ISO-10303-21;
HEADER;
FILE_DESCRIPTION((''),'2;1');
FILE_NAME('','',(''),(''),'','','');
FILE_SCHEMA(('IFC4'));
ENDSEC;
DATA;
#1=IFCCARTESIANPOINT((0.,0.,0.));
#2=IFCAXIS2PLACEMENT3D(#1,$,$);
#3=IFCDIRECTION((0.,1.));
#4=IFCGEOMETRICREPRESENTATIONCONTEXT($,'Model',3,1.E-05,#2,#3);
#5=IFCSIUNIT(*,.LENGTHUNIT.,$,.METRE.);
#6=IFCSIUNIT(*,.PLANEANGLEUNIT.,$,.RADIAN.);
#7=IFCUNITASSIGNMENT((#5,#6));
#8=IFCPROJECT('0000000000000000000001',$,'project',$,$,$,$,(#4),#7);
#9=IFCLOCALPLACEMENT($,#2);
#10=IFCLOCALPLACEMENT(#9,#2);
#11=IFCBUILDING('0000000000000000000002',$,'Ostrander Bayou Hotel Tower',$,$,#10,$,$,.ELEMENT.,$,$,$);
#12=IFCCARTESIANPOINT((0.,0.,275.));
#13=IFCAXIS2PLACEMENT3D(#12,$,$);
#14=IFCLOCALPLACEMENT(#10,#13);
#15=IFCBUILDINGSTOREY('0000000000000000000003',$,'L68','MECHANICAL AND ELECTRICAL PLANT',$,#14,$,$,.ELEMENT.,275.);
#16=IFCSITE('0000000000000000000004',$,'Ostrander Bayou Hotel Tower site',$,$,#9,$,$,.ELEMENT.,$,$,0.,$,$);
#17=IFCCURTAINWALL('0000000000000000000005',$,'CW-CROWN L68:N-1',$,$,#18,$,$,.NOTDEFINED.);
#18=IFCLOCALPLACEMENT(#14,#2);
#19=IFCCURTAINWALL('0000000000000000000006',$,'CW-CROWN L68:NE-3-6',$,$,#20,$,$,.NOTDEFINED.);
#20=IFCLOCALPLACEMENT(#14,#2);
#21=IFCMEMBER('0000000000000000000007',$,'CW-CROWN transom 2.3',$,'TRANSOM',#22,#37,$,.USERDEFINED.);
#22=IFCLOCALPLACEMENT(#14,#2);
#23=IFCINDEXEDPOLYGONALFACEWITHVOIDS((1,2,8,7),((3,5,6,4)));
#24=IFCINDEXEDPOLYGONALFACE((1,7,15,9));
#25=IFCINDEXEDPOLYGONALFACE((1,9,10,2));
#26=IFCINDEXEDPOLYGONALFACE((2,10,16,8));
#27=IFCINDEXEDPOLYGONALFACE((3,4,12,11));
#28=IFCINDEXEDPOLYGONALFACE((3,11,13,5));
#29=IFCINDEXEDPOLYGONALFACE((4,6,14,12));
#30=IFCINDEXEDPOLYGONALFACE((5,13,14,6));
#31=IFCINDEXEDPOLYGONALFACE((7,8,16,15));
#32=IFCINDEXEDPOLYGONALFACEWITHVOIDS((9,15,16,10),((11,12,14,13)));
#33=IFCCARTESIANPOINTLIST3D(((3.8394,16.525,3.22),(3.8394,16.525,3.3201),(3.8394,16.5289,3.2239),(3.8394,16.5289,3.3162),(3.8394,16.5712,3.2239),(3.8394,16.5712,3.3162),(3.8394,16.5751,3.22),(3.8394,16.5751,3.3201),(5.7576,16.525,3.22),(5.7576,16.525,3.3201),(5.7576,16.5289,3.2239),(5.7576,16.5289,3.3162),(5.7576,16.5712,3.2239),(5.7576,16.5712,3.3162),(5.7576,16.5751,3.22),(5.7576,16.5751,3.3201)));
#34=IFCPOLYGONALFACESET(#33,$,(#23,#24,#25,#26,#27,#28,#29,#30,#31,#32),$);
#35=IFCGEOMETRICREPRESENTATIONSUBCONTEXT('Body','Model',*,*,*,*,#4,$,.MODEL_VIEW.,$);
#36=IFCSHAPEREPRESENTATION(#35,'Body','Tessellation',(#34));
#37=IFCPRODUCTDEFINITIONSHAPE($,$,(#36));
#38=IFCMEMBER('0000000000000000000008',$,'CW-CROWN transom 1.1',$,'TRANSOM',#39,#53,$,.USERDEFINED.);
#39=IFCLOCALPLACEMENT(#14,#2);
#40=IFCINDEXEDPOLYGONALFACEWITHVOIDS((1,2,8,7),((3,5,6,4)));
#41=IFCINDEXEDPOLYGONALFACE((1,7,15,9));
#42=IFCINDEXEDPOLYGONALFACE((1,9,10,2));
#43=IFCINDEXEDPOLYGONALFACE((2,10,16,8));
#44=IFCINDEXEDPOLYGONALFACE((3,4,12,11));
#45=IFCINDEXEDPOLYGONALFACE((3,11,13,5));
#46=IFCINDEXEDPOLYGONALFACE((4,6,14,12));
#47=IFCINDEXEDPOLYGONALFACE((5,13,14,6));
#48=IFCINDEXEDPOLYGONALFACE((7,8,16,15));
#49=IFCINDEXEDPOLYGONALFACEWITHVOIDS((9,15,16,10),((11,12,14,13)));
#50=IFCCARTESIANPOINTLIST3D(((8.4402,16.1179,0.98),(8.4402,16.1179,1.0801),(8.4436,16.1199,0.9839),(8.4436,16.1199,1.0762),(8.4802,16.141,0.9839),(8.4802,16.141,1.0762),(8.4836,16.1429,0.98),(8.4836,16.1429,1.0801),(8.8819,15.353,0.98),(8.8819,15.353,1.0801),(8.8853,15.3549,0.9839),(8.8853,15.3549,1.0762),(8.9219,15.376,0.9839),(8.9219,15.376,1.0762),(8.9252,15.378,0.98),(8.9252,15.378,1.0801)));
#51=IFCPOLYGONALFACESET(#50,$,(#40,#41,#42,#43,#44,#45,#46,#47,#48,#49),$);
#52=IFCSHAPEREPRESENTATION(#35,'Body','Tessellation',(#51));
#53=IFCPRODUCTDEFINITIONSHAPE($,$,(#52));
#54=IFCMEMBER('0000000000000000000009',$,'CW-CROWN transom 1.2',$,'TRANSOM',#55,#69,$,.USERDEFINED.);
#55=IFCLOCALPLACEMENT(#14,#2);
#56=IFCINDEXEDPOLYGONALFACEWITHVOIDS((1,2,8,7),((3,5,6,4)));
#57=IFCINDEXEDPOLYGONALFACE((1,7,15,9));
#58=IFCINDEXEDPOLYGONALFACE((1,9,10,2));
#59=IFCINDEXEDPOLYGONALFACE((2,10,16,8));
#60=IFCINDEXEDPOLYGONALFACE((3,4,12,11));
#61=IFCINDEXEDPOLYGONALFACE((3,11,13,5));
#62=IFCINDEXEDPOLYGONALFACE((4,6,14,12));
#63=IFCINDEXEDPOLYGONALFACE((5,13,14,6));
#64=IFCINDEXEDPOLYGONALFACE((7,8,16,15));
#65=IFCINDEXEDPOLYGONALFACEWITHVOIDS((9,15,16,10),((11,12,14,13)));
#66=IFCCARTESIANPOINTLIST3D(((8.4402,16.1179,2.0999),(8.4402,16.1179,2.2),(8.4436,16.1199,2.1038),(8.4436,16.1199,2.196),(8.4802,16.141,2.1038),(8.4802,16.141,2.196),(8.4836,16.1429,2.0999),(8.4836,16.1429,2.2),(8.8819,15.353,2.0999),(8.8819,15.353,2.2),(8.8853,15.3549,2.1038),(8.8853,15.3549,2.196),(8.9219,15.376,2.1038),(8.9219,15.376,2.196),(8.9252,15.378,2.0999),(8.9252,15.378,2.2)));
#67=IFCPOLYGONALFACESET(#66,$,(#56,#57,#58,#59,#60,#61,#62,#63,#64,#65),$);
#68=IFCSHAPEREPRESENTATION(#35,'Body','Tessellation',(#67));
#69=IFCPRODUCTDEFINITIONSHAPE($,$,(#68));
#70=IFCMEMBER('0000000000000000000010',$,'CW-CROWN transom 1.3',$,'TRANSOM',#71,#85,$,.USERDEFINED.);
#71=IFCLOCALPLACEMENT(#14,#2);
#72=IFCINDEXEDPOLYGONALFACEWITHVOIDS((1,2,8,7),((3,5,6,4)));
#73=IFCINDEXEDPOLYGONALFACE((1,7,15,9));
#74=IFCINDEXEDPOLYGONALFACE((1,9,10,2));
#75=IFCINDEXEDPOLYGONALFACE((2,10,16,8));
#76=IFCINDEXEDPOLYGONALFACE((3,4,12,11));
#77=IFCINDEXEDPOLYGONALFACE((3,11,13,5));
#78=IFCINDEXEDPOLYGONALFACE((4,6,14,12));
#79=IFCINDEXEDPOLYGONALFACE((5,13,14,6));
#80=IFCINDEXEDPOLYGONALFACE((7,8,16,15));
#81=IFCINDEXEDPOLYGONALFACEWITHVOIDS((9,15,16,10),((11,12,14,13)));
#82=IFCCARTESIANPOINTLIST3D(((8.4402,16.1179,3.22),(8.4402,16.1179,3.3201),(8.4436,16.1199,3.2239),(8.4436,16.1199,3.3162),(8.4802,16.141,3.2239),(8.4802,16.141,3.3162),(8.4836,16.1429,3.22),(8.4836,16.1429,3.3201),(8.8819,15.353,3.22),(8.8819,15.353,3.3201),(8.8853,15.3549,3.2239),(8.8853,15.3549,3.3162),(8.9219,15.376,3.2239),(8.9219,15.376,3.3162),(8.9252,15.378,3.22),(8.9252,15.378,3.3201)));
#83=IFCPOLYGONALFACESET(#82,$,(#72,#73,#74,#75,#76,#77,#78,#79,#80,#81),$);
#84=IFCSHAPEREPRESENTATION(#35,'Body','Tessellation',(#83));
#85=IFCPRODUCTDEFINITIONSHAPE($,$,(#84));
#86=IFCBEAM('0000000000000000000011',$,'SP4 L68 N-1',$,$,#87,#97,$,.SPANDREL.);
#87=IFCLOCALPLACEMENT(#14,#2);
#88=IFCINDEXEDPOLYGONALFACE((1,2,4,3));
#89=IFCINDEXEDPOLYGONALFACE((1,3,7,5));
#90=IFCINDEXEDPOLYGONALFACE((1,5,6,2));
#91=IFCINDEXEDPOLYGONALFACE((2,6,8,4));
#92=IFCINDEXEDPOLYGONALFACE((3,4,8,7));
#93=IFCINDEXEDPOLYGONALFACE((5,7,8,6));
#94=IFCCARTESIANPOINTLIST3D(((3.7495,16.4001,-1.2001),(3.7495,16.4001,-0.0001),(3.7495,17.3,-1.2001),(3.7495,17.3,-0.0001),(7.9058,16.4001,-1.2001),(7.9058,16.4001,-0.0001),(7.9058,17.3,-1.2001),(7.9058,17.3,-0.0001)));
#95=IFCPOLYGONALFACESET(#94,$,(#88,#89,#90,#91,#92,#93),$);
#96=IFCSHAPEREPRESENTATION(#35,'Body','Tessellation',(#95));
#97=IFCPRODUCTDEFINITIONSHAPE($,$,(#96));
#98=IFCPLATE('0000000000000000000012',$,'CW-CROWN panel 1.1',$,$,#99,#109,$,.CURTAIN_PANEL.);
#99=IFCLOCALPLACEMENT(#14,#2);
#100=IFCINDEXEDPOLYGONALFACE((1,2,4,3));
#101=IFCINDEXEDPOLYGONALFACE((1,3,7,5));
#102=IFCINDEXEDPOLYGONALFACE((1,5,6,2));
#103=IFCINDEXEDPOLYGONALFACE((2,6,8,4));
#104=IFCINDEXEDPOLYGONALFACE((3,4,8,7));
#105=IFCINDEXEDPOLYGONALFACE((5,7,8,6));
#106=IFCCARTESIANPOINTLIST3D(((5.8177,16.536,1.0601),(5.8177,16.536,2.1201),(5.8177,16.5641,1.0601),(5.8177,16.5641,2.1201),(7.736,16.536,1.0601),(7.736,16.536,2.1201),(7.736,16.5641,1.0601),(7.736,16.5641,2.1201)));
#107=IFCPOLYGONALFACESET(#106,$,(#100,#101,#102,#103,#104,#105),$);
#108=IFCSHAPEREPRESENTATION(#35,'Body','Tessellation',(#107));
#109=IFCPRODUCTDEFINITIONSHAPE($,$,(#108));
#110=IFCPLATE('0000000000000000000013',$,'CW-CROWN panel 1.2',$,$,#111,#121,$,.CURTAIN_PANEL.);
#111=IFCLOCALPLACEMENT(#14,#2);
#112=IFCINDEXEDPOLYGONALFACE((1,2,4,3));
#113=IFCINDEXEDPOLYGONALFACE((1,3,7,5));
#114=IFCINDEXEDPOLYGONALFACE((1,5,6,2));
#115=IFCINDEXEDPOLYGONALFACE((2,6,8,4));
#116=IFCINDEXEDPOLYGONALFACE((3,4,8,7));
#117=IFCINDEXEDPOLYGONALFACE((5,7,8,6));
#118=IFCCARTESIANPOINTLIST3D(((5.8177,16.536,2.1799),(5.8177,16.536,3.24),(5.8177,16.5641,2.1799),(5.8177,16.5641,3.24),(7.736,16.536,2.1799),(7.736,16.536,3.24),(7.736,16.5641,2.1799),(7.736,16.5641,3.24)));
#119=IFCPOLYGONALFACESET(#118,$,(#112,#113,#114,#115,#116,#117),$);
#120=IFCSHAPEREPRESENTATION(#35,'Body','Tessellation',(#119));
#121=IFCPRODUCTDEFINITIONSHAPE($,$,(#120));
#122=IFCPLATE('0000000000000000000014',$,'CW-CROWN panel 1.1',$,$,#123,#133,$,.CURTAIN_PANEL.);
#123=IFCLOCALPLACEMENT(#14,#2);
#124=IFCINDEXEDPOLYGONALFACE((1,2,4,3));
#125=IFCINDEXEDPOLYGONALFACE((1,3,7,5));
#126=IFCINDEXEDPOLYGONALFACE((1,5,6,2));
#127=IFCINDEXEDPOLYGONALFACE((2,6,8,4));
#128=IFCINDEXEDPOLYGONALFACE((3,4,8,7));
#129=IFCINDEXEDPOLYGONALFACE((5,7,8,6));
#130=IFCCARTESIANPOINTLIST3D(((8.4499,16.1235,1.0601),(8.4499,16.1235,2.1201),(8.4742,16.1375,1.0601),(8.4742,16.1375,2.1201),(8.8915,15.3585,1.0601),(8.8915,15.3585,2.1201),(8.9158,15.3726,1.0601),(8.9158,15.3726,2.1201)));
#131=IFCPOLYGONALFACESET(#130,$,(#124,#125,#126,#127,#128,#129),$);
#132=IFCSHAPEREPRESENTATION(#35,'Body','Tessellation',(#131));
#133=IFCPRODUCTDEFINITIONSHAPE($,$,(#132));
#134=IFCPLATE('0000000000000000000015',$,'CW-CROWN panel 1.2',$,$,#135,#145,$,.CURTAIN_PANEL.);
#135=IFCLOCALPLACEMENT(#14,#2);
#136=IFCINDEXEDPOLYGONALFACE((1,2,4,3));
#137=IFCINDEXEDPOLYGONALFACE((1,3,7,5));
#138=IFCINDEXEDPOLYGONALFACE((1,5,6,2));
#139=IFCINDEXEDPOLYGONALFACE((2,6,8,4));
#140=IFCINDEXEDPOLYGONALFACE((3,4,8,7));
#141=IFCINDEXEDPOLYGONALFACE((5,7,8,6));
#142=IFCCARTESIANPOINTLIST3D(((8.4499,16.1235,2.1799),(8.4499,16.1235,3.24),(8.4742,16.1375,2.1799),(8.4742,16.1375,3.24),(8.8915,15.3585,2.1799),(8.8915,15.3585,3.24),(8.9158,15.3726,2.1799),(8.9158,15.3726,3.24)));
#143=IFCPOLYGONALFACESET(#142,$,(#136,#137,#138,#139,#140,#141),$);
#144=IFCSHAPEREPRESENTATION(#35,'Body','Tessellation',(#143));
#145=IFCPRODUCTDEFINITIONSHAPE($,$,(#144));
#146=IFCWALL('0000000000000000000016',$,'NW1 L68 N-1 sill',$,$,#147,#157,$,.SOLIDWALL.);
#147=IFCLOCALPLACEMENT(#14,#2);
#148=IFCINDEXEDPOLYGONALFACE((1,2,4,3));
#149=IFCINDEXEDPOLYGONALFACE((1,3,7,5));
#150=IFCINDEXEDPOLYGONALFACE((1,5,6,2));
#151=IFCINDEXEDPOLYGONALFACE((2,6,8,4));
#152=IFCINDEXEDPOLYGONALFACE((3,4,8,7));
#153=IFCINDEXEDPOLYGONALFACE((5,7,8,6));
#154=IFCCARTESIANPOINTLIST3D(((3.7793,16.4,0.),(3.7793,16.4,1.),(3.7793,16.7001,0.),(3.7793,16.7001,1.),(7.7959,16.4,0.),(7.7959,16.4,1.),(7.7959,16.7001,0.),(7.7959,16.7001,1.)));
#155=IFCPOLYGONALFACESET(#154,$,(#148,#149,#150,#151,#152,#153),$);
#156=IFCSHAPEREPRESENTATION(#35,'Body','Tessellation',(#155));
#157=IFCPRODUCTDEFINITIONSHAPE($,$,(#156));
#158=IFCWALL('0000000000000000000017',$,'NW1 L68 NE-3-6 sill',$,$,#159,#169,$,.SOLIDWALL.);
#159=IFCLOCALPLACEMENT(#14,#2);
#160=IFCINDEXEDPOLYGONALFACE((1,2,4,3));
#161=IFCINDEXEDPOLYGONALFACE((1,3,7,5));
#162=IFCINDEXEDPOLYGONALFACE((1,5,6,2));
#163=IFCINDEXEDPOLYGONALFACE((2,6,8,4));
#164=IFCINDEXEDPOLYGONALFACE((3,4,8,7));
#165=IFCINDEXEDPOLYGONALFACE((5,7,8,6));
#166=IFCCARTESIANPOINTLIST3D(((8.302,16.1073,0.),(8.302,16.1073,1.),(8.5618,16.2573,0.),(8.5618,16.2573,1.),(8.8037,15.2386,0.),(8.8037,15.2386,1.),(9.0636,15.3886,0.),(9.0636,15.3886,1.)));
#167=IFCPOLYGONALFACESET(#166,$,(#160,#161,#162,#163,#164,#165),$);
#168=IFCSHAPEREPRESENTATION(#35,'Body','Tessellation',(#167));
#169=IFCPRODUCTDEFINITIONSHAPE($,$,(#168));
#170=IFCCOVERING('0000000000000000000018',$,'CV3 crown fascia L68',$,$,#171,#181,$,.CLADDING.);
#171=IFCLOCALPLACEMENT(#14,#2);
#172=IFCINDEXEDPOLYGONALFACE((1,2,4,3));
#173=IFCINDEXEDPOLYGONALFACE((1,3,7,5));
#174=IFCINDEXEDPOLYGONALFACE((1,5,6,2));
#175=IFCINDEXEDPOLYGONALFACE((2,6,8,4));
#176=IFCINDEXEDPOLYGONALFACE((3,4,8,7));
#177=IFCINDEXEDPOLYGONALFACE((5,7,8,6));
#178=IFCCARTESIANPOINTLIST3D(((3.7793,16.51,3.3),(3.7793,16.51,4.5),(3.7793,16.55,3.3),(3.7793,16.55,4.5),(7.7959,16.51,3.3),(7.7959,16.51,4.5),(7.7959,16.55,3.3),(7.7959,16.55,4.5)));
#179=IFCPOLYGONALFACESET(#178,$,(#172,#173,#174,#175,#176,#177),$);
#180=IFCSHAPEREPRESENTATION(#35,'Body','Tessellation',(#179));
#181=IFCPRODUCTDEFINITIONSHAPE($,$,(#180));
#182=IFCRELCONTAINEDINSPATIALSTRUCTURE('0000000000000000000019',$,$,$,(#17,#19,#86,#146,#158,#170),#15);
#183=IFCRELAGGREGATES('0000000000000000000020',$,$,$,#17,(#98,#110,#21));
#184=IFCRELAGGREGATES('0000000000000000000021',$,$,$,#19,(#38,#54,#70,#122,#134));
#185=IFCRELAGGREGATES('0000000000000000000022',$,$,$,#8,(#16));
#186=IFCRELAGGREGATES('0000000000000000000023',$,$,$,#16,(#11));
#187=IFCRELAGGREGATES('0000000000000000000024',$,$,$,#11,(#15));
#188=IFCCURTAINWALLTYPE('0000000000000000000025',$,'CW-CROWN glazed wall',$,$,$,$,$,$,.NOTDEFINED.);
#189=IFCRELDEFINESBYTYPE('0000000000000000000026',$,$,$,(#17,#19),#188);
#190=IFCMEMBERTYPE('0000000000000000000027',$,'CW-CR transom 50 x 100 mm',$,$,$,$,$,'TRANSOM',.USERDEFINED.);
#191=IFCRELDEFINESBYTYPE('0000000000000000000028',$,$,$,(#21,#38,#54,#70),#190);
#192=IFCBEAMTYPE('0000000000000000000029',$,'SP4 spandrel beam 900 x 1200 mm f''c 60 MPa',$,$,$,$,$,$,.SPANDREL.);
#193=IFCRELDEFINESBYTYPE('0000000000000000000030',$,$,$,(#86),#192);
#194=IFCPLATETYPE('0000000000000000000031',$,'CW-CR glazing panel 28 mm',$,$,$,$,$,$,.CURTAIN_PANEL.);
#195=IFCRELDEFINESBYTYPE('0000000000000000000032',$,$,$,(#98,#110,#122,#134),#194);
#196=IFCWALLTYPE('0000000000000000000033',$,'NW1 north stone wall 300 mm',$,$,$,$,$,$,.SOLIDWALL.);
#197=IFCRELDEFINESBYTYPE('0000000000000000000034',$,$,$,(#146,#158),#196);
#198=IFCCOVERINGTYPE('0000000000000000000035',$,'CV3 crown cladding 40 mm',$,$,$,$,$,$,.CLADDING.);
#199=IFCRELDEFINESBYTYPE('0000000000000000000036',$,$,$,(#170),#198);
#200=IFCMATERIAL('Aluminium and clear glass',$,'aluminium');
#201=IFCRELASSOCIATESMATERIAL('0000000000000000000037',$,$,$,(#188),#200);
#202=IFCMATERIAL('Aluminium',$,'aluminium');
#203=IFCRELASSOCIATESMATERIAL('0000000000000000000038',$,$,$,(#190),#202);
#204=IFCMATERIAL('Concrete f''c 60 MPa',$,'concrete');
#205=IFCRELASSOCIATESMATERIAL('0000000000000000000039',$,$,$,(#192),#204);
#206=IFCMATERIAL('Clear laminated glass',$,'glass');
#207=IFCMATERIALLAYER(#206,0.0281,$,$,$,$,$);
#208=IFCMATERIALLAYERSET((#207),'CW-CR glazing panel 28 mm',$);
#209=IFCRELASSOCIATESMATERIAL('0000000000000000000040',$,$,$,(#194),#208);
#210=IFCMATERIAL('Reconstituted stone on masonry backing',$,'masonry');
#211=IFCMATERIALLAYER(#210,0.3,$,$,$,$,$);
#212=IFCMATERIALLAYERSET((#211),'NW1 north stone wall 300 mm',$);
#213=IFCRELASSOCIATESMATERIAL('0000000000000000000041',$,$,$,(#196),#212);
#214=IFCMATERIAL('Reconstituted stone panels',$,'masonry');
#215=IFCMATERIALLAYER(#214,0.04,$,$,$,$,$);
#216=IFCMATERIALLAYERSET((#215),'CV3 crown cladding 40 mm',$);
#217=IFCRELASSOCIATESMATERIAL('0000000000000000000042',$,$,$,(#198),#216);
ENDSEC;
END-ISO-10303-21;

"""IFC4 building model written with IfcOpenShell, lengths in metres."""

from ifc_helpers import new_model, si_unit, direction, frame, frame_2d, origin, origin_2d, place, context, subcontext, project, spatial, polyline, rectangle, hollow_rectangle, outline, extrude, material, layer, layer_set, material_profile, profile_set, type_object, element, aggregate, save


model = new_model("IFC4")

# Units and contexts
model_context = context("Model", 3, precision=1e-05, world=origin(), true_north=direction((0.0, 1.0)))
body_context = subcontext(model_context, "Body", "Model", "MODEL_VIEW")
ifc_project = project(units=[si_unit("LENGTHUNIT", "METRE"), si_unit("PLANEANGLEUNIT", "RADIAN")], contexts=[model_context])

# Site, building, storey
site_placement = place(None, origin())
site = spatial("IfcSite", under=ifc_project, at=site_placement, Name="Ostrander Bayou Hotel Tower site", CompositionType="ELEMENT", RefElevation=0.0)
building_placement = place(site_placement, origin())
building = spatial("IfcBuilding", under=site, at=building_placement, Name="Ostrander Bayou Hotel Tower", CompositionType="ELEMENT")
storey_placement = place(building_placement, frame((0.0, 0.0, 275.0)))
storey = spatial("IfcBuildingStorey", under=building, at=storey_placement, Name="L68", Description="MECHANICAL AND ELECTRICAL PLANT", CompositionType="ELEMENT", Elevation=275.0)

# Curtain wall
ifc_material_1 = material(Name="Aluminium and clear glass", Category="aluminium")
curtain_wall_type = type_object("IfcCurtainWallType", Name="CW-CROWN glazed wall", PredefinedType="NOTDEFINED", material=ifc_material_1)
curtain_wall_1_placement = place(storey_placement, origin())
curtain_wall_1 = element("IfcCurtainWall", 1, at=curtain_wall_1_placement, inside=storey, type_object=curtain_wall_type, Name="CW-CROWN L68:N-1", PredefinedType="NOTDEFINED")

# Curtain wall
curtain_wall_2_placement = place(storey_placement, origin())
curtain_wall_2 = element("IfcCurtainWall", 2, at=curtain_wall_2_placement, inside=storey, type_object=curtain_wall_type, Name="CW-CROWN L68:NE-3-6", PredefinedType="NOTDEFINED")

# Members
ifc_material_2 = material(Name="Aluminium", Category="aluminium")
ifc_material_profile_1 = material_profile(ifc_material_2, hollow_rectangle(XDim=0.05, YDim=0.1001, WallThickness=0.0039, at=origin_2d()))
ifc_profile_set_1 = profile_set([ifc_material_profile_1], Name="Aluminium")
member_type_1 = type_object("IfcMemberType", Name="CW-CR transom 50 x 100 mm", ElementType="TRANSOM", PredefinedType="USERDEFINED", material=ifc_profile_set_1)
member_1_placement = place(storey_placement, frame((5.7576, 16.55, 3.27), z_axis=(-1.0, 0.0, 0.0), x_axis=(0.0, -1.0, 0.0)))
member_1 = element("IfcMember", 3, at=member_1_placement, type_object=member_type_1, Name="CW-CROWN transom 2.3", ObjectType="TRANSOM", PredefinedType="USERDEFINED", context=body_context, shape_type="SweptSolid", body=[
    extrude(hollow_rectangle(XDim=0.05, YDim=0.1001, WallThickness=0.0039, at=origin_2d()), origin(), (0.0, 0.0, 1.0), 1.9182),
])
member_2_placement = place(storey_placement, frame((8.9036, 15.3655, 1.03), z_axis=(-0.500034, 0.866006, 0.0), x_axis=(-0.866006, -0.500034, 0.0)))
member_2 = element("IfcMember", 4, at=member_2_placement, type_object=member_type_1, Name="CW-CROWN transom 1.1", ObjectType="TRANSOM", PredefinedType="USERDEFINED", context=body_context, shape_type="SweptSolid", body=[
    extrude(hollow_rectangle(XDim=0.05, YDim=0.1001, WallThickness=0.0039, at=origin_2d()), origin(), (0.0, 0.0, 1.0), 0.8833),
])
member_3_placement = place(storey_placement, frame((8.9036, 15.3655, 2.1499), z_axis=(-0.500034, 0.866006, 0.0), x_axis=(-0.866006, -0.500034, 0.0)))
member_3 = element("IfcMember", 5, at=member_3_placement, type_object=member_type_1, Name="CW-CROWN transom 1.2", ObjectType="TRANSOM", PredefinedType="USERDEFINED", context=body_context, shape_type="SweptSolid", body=[
    extrude(hollow_rectangle(XDim=0.05, YDim=0.1001, WallThickness=0.0039, at=origin_2d()), origin(), (0.0, 0.0, 1.0), 0.8833),
])
member_4_placement = place(storey_placement, frame((8.9036, 15.3655, 3.27), z_axis=(-0.500034, 0.866006, 0.0), x_axis=(-0.866006, -0.500034, 0.0)))
member_4 = element("IfcMember", 6, at=member_4_placement, type_object=member_type_1, Name="CW-CROWN transom 1.3", ObjectType="TRANSOM", PredefinedType="USERDEFINED", context=body_context, shape_type="SweptSolid", body=[
    extrude(hollow_rectangle(XDim=0.05, YDim=0.1001, WallThickness=0.0039, at=origin_2d()), origin(), (0.0, 0.0, 1.0), 0.8833),
])

# Beam
ifc_material_3 = material(Name="Concrete f'c 60 MPa", Category="concrete")
ifc_material_profile_2 = material_profile(ifc_material_3, rectangle(XDim=0.8999, YDim=1.2, at=origin_2d()))
ifc_profile_set_2 = profile_set([ifc_material_profile_2], Name="Concrete f'c 60 MPa")
beam_type = type_object("IfcBeamType", Name="SP4 spandrel beam 900 x 1200 mm f'c 60 MPa", PredefinedType="SPANDREL", material=ifc_profile_set_2)
beam_placement = place(storey_placement, frame((7.9058, 16.8501, -0.6001), z_axis=(-1.0, 0.0, 0.0), x_axis=(0.0, -1.0, 0.0)))
element("IfcBeam", 7, at=beam_placement, inside=storey, type_object=beam_type, Name="SP4 L68 N-1", PredefinedType="SPANDREL", context=body_context, shape_type="SweptSolid", body=[
    extrude(rectangle(XDim=0.8999, YDim=1.2, at=origin_2d()), origin(), (0.0, 0.0, 1.0), 4.1562),
])

# Plates
ifc_material_4 = material(Name="Clear laminated glass", Category="glass")
ifc_layer_1 = layer(ifc_material_4, 0.0281)
ifc_layer_set_1 = layer_set([ifc_layer_1], Name="CW-CR glazing panel 28 mm")
plate_type = type_object("IfcPlateType", Name="CW-CR glazing panel 28 mm", PredefinedType="CURTAIN_PANEL", material=ifc_layer_set_1)
plate_1_placement = place(storey_placement, frame((6.7769, 16.55, 1.0601), z_axis=(0.0, 0.0, 1.0), x_axis=(-1.0, 0.0, 0.0)))
plate_1 = element("IfcPlate", 8, at=plate_1_placement, type_object=plate_type, Name="CW-CROWN panel 1.1", PredefinedType="CURTAIN_PANEL", context=body_context, shape_type="SweptSolid", body=[
    extrude(rectangle(XDim=1.9182, YDim=0.0281, at=origin_2d()), origin(), (0.0, 0.0, 1.0), 1.0601),
])
plate_2_placement = place(storey_placement, frame((6.7769, 16.55, 2.1799), z_axis=(0.0, 0.0, 1.0), x_axis=(-1.0, 0.0, 0.0)))
plate_2 = element("IfcPlate", 9, at=plate_2_placement, type_object=plate_type, Name="CW-CROWN panel 1.2", PredefinedType="CURTAIN_PANEL", context=body_context, shape_type="SweptSolid", body=[
    extrude(rectangle(XDim=1.9182, YDim=0.0281, at=origin_2d()), origin(), (0.0, 0.0, 1.0), 1.0601),
])
aggregate(curtain_wall_1, [plate_1, plate_2, member_1])
plate_3_placement = place(storey_placement, frame((8.6829, 15.748, 1.0601), z_axis=(0.0, 0.0, 1.0), x_axis=(-0.499999, 0.866026, 0.0)))
plate_3 = element("IfcPlate", 10, at=plate_3_placement, type_object=plate_type, Name="CW-CROWN panel 1.1", PredefinedType="CURTAIN_PANEL", context=body_context, shape_type="SweptSolid", body=[
    extrude(rectangle(XDim=0.8833, YDim=0.0281, at=origin_2d()), origin(), (0.0, 0.0, 1.0), 1.0601),
])
plate_4_placement = place(storey_placement, frame((8.6829, 15.748, 2.1799), z_axis=(0.0, 0.0, 1.0), x_axis=(-0.499999, 0.866026, 0.0)))
plate_4 = element("IfcPlate", 11, at=plate_4_placement, type_object=plate_type, Name="CW-CROWN panel 1.2", PredefinedType="CURTAIN_PANEL", context=body_context, shape_type="SweptSolid", body=[
    extrude(rectangle(XDim=0.8833, YDim=0.0281, at=origin_2d()), origin(), (0.0, 0.0, 1.0), 1.0601),
])
aggregate(curtain_wall_2, [member_2, member_3, member_4, plate_3, plate_4])

# Walls
ifc_material_5 = material(Name="Reconstituted stone on masonry backing", Category="masonry")
ifc_layer_2 = layer(ifc_material_5, 0.3)
ifc_layer_set_2 = layer_set([ifc_layer_2], Name="NW1 north stone wall 300 mm")
wall_type = type_object("IfcWallType", Name="NW1 north stone wall 300 mm", PredefinedType="SOLIDWALL", material=ifc_layer_set_2)
wall_1_placement = place(storey_placement, frame((7.7959, 16.55, 0.0), z_axis=(0.0, 0.0, 1.0), x_axis=(-1.0, 0.0, 0.0)))
element("IfcWall", 12, at=wall_1_placement, inside=storey, type_object=wall_type, Name="NW1 L68 N-1 sill", PredefinedType="SOLIDWALL", context=body_context, shape_type="SweptSolid", body=[
    extrude(rectangle(XDim=4.0166, YDim=0.3, at=frame_2d((2.0083, 0.0))), origin(), (0.0, 0.0, 1.0), 1.0),
])
wall_2_placement = place(storey_placement, frame((8.9336, 15.3137, 0.0), z_axis=(0.0, 0.0, 1.0), x_axis=(-0.500144, 0.865942, 0.0)))
element("IfcWall", 13, at=wall_2_placement, inside=storey, type_object=wall_type, Name="NW1 L68 NE-3-6 sill", PredefinedType="SOLIDWALL", context=body_context, shape_type="SweptSolid", body=[
    extrude(rectangle(XDim=1.0032, YDim=0.3, at=frame_2d((0.5015, 0.0))), origin(), (0.0, 0.0, 1.0), 1.0),
])

# Covering
ifc_material_6 = material(Name="Reconstituted stone panels", Category="masonry")
ifc_layer_3 = layer(ifc_material_6, 0.04)
ifc_layer_set_3 = layer_set([ifc_layer_3], Name="CV3 crown cladding 40 mm")
covering_type = type_object("IfcCoveringType", Name="CV3 crown cladding 40 mm", PredefinedType="CLADDING", material=ifc_layer_set_3)
covering_1_placement = place(storey_placement, frame((7.7959, 16.55, 3.3), z_axis=(0.0, 1.0, 0.0), x_axis=(-1.0, 0.0, 0.0)))
element("IfcCovering", 14, at=covering_1_placement, inside=storey, type_object=covering_type, Name="CV3 crown fascia L68", PredefinedType="CLADDING", context=body_context, shape_type="SweptSolid", body=[
    extrude(outline(polyline([(0.0, 0.0), (4.0166, 0.0), (4.0166, 1.2), (0.0, 1.2), (0.0, 0.0)])), origin(), (0.0, 0.0, -1.0), 0.04),
])

save(model, "model.ifc")
